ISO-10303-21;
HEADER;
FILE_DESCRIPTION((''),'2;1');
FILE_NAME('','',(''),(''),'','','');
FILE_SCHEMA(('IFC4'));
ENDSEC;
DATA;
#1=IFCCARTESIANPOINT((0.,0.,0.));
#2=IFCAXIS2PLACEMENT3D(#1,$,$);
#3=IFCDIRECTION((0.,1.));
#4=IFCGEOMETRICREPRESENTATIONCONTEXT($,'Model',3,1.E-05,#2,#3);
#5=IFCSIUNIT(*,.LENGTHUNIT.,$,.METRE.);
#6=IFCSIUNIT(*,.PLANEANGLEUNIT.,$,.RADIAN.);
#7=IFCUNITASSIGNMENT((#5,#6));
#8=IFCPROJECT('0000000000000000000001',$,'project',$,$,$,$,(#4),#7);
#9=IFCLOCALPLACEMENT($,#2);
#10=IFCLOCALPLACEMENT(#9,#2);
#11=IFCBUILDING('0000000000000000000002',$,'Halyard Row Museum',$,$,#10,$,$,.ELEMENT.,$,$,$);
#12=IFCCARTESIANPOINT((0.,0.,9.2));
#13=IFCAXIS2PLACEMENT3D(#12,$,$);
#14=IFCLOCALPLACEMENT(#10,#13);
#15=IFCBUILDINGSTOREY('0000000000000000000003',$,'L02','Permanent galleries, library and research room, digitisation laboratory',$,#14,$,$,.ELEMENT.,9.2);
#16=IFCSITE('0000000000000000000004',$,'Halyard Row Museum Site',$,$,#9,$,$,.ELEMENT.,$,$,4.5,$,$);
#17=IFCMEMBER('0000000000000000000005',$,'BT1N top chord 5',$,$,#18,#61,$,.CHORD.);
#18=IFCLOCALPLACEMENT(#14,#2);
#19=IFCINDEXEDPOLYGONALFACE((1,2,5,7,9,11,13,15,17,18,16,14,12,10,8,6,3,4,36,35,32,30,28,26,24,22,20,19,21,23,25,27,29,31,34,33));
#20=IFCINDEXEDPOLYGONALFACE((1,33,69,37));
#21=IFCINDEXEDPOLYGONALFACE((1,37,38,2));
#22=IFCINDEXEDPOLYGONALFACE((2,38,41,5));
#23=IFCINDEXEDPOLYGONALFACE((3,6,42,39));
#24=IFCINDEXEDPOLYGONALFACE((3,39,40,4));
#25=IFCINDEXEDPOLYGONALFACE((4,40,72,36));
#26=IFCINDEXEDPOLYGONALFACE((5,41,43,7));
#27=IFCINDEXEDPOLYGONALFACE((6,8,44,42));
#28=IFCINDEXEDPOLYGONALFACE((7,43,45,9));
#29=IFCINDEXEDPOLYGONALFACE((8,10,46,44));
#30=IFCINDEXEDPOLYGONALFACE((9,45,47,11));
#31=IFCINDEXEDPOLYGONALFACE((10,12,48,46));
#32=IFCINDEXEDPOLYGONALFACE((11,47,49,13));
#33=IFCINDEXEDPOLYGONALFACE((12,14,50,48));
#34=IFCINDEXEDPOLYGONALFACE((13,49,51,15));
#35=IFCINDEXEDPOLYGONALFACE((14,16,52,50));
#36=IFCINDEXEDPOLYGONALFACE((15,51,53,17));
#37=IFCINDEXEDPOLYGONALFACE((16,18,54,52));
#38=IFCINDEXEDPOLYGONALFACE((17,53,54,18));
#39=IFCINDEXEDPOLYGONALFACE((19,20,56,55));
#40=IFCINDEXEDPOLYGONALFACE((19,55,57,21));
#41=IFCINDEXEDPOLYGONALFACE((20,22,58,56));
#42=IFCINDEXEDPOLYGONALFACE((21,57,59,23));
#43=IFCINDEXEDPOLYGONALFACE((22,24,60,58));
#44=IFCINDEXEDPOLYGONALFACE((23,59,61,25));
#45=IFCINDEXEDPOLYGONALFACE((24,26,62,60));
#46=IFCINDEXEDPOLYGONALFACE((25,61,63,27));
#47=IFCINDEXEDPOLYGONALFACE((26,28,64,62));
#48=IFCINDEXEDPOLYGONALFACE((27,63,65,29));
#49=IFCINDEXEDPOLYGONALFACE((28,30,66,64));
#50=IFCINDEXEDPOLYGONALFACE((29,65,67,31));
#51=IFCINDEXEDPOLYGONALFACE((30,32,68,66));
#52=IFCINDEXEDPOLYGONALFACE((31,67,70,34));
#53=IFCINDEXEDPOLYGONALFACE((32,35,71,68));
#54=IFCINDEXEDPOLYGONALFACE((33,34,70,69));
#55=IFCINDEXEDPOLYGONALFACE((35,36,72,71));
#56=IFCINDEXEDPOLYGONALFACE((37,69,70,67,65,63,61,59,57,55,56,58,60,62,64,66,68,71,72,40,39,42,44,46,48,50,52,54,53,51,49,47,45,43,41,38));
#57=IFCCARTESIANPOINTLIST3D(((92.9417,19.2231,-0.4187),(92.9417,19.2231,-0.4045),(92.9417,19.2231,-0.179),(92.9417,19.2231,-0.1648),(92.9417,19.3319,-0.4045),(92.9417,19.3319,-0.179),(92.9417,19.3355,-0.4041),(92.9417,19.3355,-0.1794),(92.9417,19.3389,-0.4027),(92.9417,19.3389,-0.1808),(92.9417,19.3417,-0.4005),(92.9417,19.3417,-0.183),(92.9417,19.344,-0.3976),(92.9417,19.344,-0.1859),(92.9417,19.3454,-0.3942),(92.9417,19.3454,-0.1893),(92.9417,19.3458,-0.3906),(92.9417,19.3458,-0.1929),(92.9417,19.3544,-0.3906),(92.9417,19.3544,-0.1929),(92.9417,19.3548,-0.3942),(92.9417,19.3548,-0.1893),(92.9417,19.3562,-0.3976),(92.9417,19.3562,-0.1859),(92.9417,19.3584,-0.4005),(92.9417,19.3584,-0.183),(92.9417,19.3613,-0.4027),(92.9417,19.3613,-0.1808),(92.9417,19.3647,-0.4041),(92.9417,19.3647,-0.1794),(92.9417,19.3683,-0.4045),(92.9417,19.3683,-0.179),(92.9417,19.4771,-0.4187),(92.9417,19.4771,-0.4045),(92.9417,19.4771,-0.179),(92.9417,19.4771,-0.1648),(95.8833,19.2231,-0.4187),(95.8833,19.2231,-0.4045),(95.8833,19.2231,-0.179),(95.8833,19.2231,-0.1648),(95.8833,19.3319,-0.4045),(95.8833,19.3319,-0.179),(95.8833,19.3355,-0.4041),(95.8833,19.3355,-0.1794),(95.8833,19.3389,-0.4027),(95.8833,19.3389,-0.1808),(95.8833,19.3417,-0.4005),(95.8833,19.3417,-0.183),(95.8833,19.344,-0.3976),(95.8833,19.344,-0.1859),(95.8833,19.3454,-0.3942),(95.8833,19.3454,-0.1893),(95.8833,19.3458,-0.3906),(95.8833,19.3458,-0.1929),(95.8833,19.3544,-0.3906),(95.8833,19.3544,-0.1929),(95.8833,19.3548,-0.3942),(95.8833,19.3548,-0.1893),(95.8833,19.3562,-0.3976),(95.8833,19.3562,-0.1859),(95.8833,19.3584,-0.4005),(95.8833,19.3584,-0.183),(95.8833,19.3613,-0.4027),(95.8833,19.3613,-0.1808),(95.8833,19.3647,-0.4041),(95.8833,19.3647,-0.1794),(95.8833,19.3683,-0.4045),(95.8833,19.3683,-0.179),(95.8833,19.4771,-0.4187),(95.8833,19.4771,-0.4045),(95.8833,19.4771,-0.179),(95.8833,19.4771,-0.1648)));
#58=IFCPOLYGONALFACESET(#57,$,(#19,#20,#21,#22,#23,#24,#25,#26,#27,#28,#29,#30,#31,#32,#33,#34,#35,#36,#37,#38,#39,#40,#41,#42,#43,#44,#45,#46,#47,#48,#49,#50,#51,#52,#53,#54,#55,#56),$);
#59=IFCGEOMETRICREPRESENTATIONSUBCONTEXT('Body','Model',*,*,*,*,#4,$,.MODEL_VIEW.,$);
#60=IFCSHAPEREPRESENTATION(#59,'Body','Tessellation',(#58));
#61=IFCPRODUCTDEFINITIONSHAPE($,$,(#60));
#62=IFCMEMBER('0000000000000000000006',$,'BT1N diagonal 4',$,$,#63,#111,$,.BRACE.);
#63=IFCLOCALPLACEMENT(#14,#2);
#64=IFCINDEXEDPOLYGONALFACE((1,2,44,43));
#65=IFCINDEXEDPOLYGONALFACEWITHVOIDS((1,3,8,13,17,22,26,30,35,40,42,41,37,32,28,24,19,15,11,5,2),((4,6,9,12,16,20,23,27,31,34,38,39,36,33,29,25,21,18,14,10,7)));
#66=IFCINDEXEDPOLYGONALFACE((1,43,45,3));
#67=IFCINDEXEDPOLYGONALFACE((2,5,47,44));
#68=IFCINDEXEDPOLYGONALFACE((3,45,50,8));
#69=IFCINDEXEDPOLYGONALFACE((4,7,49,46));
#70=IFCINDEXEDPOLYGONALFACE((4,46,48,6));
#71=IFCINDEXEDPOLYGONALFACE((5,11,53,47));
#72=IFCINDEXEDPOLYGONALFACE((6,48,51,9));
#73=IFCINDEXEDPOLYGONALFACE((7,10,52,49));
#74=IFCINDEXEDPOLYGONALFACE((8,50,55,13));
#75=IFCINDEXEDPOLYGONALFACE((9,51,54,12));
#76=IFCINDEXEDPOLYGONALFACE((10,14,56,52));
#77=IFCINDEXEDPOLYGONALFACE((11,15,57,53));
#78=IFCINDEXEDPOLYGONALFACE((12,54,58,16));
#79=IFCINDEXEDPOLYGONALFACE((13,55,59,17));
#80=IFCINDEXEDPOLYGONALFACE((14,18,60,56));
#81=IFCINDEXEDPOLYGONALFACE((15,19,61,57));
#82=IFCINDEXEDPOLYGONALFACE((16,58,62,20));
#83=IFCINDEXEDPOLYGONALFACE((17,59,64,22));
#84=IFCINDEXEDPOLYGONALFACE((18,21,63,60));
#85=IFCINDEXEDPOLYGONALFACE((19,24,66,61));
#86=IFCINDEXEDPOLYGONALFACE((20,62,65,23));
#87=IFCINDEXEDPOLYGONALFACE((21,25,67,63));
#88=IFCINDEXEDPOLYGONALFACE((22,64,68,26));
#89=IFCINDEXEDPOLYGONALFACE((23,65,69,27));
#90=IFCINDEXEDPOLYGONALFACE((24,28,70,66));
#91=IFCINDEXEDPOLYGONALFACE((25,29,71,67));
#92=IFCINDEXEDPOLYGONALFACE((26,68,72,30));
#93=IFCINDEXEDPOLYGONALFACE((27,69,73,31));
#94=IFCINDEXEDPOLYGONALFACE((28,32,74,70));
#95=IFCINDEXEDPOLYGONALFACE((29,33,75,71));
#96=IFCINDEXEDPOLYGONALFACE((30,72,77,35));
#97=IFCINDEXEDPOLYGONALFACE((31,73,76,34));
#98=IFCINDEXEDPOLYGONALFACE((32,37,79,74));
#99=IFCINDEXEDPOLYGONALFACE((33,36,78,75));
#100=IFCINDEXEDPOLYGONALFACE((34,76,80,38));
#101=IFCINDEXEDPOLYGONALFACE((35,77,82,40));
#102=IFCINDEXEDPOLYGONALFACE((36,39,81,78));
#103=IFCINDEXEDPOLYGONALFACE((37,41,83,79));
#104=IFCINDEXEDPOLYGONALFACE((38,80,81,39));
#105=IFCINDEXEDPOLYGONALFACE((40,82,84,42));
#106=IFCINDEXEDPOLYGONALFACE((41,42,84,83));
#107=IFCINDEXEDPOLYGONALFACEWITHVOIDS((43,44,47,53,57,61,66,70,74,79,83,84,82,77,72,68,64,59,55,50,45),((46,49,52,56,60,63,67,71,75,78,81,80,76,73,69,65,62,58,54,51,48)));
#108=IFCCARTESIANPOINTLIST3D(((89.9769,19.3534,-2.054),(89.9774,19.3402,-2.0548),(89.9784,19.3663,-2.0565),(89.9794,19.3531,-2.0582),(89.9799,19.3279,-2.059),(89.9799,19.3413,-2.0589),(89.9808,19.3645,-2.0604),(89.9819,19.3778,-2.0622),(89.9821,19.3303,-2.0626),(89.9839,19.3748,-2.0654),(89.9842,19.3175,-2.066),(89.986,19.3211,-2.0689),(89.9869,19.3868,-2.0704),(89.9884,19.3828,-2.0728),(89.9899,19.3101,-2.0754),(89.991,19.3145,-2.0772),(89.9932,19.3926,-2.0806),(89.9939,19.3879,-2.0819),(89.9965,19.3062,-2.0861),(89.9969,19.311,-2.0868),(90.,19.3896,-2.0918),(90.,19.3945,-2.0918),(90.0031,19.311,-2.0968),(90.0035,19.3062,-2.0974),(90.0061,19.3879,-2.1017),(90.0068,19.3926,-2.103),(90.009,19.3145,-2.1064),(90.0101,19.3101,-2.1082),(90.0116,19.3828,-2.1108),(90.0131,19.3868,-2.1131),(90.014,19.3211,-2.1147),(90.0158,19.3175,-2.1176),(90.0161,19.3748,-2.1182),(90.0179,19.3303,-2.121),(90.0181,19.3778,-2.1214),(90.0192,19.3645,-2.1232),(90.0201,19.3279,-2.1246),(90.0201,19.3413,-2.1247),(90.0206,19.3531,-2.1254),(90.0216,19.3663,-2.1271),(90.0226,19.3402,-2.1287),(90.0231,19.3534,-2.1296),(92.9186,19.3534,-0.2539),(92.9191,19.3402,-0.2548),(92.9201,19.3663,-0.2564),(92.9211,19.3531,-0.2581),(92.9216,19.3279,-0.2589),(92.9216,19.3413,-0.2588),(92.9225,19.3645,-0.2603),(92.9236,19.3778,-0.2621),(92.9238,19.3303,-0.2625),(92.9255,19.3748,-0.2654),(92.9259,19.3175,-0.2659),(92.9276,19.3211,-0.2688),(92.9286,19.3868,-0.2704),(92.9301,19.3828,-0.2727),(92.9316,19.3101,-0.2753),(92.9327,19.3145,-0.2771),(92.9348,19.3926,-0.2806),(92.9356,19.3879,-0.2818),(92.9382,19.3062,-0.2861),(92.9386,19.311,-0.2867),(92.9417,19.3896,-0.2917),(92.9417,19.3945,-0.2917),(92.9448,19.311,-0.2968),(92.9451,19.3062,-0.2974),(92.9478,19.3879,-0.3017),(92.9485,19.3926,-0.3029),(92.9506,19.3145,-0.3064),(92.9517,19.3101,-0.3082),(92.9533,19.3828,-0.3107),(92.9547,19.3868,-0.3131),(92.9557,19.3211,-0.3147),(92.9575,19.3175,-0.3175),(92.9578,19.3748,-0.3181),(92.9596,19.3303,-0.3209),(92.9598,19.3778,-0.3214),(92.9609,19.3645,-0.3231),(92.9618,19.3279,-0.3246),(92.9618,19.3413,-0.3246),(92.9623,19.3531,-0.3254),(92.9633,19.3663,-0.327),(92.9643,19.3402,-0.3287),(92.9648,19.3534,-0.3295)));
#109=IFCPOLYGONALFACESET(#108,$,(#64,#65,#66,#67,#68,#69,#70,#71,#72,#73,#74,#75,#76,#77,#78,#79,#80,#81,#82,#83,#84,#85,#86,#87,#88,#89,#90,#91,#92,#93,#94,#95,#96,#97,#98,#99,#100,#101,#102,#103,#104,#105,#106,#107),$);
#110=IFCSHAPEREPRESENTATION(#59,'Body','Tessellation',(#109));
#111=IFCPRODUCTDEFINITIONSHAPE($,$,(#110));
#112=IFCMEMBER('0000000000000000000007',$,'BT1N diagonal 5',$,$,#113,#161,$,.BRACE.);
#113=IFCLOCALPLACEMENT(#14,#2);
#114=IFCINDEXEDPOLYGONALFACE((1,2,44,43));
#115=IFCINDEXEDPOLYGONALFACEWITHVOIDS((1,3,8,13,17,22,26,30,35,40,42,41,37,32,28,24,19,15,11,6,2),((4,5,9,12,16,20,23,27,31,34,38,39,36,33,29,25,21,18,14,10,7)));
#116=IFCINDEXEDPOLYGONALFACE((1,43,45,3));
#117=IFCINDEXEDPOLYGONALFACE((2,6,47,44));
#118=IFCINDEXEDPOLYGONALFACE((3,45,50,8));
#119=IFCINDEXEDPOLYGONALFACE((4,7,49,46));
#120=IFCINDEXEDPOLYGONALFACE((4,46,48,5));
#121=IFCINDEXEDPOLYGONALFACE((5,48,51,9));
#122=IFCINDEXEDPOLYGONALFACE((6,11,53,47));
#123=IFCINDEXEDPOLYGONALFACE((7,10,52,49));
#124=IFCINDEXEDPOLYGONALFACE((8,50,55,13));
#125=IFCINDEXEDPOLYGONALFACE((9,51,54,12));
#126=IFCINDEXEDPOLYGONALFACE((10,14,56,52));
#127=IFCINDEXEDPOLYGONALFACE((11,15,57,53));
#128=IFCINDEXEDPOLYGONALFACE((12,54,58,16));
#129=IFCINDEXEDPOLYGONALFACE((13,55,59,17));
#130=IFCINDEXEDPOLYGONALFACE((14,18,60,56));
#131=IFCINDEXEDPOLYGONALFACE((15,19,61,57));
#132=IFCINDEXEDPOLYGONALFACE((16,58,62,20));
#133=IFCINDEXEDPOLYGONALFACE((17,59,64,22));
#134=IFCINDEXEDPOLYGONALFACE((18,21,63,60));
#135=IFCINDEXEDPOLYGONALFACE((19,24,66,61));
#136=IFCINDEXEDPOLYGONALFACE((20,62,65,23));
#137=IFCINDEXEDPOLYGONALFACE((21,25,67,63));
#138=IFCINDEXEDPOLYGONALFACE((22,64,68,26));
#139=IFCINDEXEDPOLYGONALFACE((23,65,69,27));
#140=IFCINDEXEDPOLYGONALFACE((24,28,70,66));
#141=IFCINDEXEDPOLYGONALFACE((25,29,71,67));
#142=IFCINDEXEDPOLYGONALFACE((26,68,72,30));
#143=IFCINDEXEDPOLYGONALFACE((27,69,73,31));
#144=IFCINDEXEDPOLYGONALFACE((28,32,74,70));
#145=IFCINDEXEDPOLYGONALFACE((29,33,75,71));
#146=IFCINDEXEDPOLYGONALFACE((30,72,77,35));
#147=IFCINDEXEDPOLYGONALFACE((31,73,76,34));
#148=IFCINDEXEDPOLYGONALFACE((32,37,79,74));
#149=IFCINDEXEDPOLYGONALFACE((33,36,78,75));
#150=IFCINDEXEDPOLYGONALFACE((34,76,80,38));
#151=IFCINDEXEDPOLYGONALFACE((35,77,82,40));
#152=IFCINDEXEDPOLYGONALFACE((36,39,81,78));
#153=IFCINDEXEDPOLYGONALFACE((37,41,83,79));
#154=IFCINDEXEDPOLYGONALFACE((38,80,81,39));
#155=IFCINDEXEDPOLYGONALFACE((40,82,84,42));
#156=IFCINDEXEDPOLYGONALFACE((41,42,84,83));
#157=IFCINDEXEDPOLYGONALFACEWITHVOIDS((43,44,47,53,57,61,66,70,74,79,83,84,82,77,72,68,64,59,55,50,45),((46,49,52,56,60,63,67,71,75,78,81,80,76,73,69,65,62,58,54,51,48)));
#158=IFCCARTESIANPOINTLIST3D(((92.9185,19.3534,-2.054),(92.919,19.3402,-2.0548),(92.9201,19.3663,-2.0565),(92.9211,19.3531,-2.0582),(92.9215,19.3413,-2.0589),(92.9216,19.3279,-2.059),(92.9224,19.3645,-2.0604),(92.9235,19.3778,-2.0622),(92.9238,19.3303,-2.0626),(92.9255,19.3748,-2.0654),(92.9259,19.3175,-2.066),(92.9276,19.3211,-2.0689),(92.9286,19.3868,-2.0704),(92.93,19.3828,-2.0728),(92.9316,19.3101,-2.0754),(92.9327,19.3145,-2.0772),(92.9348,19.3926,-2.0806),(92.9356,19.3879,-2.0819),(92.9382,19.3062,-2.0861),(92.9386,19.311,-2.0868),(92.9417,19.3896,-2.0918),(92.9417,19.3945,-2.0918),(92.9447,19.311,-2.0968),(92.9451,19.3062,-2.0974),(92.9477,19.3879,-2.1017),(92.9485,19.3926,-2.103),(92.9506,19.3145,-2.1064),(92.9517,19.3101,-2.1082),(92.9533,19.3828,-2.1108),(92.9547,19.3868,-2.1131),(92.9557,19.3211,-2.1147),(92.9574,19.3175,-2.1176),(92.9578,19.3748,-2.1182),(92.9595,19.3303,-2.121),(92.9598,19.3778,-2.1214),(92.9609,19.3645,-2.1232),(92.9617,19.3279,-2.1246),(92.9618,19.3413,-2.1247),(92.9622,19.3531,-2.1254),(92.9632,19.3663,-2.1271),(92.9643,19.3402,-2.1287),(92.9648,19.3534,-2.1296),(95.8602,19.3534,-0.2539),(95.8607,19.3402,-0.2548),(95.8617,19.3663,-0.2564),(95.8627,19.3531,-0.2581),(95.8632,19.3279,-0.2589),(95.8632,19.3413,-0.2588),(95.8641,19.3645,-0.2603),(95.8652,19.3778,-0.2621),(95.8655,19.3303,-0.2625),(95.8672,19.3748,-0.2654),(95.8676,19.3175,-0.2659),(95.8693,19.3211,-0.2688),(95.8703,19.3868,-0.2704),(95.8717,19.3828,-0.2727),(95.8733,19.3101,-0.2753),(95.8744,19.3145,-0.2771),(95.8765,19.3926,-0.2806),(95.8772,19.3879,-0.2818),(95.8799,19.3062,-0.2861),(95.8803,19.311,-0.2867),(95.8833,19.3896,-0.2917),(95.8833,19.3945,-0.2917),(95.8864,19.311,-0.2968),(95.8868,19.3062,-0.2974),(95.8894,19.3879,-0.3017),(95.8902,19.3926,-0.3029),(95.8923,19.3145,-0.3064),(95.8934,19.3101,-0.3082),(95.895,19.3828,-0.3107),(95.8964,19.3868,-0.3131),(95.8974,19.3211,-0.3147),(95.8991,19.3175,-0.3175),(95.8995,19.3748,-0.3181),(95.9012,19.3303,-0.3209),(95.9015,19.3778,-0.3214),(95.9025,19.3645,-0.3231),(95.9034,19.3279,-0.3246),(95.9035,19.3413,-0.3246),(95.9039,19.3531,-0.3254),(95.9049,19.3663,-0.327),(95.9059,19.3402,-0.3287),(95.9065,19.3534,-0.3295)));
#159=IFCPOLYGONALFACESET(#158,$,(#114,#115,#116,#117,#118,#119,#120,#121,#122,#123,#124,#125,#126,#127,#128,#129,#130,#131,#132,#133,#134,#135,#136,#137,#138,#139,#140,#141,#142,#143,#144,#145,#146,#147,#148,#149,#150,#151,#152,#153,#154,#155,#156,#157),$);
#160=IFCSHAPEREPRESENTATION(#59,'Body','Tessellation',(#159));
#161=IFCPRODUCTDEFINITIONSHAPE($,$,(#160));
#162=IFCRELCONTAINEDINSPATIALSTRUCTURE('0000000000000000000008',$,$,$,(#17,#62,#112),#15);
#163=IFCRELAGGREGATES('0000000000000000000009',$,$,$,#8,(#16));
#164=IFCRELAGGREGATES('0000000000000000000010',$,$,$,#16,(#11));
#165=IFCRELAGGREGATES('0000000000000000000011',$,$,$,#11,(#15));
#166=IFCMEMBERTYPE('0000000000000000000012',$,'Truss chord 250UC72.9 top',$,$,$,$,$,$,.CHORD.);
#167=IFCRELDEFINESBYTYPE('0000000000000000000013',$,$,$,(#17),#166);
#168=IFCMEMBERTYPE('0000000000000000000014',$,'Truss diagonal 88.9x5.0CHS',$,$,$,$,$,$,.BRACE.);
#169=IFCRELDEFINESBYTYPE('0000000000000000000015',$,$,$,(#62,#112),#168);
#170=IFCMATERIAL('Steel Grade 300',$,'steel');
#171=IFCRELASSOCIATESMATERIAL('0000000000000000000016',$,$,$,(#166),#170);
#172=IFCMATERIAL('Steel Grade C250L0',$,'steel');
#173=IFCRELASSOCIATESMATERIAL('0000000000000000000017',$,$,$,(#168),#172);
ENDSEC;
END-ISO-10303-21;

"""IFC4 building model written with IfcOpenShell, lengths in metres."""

from ifc_helpers import new_model, si_unit, direction, frame, origin, origin_2d, place, context, subcontext, project, spatial, hollow_circle, i_section, extrude, material, material_profile, profile_set, type_object, element, save


model = new_model("IFC4")

# Units and contexts
model_context = context("Model", 3, precision=1e-05, world=origin(), true_north=direction((0.0, 1.0)))
body_context = subcontext(model_context, "Body", "Model", "MODEL_VIEW")
ifc_project = project(units=[si_unit("LENGTHUNIT", "METRE"), si_unit("PLANEANGLEUNIT", "RADIAN")], contexts=[model_context])

# Site, building, storey
site_placement = place(None, origin())
site = spatial("IfcSite", under=ifc_project, at=site_placement, Name="Halyard Row Museum Site", CompositionType="ELEMENT", RefElevation=4.5)
building_placement = place(site_placement, origin())
building = spatial("IfcBuilding", under=site, at=building_placement, Name="Halyard Row Museum", CompositionType="ELEMENT")
storey_placement = place(building_placement, frame((0.0, 0.0, 9.2)))
storey = spatial("IfcBuildingStorey", under=building, at=storey_placement, Name="L02", Description="Permanent galleries, library and research room, digitisation laboratory", CompositionType="ELEMENT", Elevation=9.2)

# Members
ifc_material_1 = material(Name="Steel Grade 300", Category="steel")
ifc_material_profile_1 = material_profile(ifc_material_1, i_section(OverallWidth=0.2539, OverallDepth=0.2539, WebThickness=0.0085, FlangeThickness=0.0142, FilletRadius=0.0139, at=origin_2d()), Name="250UC72.9")
ifc_profile_set_1 = profile_set([ifc_material_profile_1], Name="Steel Grade 300")
member_type_1 = type_object("IfcMemberType", Name="Truss chord 250UC72.9 top", PredefinedType="CHORD", material=ifc_profile_set_1)
for number, where, z_axis, x_axis, name in (
    (1, (92.9417, 19.3501, -0.2917), (1.0, 0.0, 0.0), (0.0, 1.0, 0.0), "BT1N top chord 5"),
):
    element("IfcMember", number, at=place(storey_placement, frame(where, z_axis=z_axis, x_axis=x_axis)), inside=storey, type_object=member_type_1, Name=name, PredefinedType="CHORD", context=body_context, shape_type="SweptSolid", body=[
        extrude(i_section(OverallWidth=0.2539, OverallDepth=0.2539, WebThickness=0.0085, FlangeThickness=0.0142, FilletRadius=0.0139, at=origin_2d()), origin(), (0.0, 0.0, 1.0), 2.9417),
    ])
ifc_material_2 = material(Name="Steel Grade C250L0", Category="steel")
ifc_material_profile_2 = material_profile(ifc_material_2, hollow_circle(Radius=0.0444, WallThickness=0.0049, at=origin_2d()), Name="88.9x5.0CHS")
ifc_profile_set_2 = profile_set([ifc_material_profile_2], Name="Steel Grade C250L0")
member_type_2 = type_object("IfcMemberType", Name="Truss diagonal 88.9x5.0CHS", PredefinedType="BRACE", material=ifc_profile_set_2)
for number, where, z_axis, x_axis, name in (
    (2, (90.0, 19.3501, -2.0918), (0.852975, 0.0, 0.521951), (0.0, 1.0, 0.0), "BT1N diagonal 4"),
    (3, (92.9417, 19.3501, -2.0918), (0.852975, 0.0, 0.521951), (0.0, 1.0, 0.0), "BT1N diagonal 5"),
):
    element("IfcMember", number, at=place(storey_placement, frame(where, z_axis=z_axis, x_axis=x_axis)), inside=storey, type_object=member_type_2, Name=name, PredefinedType="BRACE", context=body_context, shape_type="SweptSolid", body=[
        extrude(hollow_circle(Radius=0.0444, WallThickness=0.0049, at=origin_2d()), origin(), (0.0, 0.0, 1.0), 3.4487),
    ])

save(model, "model.ifc")
